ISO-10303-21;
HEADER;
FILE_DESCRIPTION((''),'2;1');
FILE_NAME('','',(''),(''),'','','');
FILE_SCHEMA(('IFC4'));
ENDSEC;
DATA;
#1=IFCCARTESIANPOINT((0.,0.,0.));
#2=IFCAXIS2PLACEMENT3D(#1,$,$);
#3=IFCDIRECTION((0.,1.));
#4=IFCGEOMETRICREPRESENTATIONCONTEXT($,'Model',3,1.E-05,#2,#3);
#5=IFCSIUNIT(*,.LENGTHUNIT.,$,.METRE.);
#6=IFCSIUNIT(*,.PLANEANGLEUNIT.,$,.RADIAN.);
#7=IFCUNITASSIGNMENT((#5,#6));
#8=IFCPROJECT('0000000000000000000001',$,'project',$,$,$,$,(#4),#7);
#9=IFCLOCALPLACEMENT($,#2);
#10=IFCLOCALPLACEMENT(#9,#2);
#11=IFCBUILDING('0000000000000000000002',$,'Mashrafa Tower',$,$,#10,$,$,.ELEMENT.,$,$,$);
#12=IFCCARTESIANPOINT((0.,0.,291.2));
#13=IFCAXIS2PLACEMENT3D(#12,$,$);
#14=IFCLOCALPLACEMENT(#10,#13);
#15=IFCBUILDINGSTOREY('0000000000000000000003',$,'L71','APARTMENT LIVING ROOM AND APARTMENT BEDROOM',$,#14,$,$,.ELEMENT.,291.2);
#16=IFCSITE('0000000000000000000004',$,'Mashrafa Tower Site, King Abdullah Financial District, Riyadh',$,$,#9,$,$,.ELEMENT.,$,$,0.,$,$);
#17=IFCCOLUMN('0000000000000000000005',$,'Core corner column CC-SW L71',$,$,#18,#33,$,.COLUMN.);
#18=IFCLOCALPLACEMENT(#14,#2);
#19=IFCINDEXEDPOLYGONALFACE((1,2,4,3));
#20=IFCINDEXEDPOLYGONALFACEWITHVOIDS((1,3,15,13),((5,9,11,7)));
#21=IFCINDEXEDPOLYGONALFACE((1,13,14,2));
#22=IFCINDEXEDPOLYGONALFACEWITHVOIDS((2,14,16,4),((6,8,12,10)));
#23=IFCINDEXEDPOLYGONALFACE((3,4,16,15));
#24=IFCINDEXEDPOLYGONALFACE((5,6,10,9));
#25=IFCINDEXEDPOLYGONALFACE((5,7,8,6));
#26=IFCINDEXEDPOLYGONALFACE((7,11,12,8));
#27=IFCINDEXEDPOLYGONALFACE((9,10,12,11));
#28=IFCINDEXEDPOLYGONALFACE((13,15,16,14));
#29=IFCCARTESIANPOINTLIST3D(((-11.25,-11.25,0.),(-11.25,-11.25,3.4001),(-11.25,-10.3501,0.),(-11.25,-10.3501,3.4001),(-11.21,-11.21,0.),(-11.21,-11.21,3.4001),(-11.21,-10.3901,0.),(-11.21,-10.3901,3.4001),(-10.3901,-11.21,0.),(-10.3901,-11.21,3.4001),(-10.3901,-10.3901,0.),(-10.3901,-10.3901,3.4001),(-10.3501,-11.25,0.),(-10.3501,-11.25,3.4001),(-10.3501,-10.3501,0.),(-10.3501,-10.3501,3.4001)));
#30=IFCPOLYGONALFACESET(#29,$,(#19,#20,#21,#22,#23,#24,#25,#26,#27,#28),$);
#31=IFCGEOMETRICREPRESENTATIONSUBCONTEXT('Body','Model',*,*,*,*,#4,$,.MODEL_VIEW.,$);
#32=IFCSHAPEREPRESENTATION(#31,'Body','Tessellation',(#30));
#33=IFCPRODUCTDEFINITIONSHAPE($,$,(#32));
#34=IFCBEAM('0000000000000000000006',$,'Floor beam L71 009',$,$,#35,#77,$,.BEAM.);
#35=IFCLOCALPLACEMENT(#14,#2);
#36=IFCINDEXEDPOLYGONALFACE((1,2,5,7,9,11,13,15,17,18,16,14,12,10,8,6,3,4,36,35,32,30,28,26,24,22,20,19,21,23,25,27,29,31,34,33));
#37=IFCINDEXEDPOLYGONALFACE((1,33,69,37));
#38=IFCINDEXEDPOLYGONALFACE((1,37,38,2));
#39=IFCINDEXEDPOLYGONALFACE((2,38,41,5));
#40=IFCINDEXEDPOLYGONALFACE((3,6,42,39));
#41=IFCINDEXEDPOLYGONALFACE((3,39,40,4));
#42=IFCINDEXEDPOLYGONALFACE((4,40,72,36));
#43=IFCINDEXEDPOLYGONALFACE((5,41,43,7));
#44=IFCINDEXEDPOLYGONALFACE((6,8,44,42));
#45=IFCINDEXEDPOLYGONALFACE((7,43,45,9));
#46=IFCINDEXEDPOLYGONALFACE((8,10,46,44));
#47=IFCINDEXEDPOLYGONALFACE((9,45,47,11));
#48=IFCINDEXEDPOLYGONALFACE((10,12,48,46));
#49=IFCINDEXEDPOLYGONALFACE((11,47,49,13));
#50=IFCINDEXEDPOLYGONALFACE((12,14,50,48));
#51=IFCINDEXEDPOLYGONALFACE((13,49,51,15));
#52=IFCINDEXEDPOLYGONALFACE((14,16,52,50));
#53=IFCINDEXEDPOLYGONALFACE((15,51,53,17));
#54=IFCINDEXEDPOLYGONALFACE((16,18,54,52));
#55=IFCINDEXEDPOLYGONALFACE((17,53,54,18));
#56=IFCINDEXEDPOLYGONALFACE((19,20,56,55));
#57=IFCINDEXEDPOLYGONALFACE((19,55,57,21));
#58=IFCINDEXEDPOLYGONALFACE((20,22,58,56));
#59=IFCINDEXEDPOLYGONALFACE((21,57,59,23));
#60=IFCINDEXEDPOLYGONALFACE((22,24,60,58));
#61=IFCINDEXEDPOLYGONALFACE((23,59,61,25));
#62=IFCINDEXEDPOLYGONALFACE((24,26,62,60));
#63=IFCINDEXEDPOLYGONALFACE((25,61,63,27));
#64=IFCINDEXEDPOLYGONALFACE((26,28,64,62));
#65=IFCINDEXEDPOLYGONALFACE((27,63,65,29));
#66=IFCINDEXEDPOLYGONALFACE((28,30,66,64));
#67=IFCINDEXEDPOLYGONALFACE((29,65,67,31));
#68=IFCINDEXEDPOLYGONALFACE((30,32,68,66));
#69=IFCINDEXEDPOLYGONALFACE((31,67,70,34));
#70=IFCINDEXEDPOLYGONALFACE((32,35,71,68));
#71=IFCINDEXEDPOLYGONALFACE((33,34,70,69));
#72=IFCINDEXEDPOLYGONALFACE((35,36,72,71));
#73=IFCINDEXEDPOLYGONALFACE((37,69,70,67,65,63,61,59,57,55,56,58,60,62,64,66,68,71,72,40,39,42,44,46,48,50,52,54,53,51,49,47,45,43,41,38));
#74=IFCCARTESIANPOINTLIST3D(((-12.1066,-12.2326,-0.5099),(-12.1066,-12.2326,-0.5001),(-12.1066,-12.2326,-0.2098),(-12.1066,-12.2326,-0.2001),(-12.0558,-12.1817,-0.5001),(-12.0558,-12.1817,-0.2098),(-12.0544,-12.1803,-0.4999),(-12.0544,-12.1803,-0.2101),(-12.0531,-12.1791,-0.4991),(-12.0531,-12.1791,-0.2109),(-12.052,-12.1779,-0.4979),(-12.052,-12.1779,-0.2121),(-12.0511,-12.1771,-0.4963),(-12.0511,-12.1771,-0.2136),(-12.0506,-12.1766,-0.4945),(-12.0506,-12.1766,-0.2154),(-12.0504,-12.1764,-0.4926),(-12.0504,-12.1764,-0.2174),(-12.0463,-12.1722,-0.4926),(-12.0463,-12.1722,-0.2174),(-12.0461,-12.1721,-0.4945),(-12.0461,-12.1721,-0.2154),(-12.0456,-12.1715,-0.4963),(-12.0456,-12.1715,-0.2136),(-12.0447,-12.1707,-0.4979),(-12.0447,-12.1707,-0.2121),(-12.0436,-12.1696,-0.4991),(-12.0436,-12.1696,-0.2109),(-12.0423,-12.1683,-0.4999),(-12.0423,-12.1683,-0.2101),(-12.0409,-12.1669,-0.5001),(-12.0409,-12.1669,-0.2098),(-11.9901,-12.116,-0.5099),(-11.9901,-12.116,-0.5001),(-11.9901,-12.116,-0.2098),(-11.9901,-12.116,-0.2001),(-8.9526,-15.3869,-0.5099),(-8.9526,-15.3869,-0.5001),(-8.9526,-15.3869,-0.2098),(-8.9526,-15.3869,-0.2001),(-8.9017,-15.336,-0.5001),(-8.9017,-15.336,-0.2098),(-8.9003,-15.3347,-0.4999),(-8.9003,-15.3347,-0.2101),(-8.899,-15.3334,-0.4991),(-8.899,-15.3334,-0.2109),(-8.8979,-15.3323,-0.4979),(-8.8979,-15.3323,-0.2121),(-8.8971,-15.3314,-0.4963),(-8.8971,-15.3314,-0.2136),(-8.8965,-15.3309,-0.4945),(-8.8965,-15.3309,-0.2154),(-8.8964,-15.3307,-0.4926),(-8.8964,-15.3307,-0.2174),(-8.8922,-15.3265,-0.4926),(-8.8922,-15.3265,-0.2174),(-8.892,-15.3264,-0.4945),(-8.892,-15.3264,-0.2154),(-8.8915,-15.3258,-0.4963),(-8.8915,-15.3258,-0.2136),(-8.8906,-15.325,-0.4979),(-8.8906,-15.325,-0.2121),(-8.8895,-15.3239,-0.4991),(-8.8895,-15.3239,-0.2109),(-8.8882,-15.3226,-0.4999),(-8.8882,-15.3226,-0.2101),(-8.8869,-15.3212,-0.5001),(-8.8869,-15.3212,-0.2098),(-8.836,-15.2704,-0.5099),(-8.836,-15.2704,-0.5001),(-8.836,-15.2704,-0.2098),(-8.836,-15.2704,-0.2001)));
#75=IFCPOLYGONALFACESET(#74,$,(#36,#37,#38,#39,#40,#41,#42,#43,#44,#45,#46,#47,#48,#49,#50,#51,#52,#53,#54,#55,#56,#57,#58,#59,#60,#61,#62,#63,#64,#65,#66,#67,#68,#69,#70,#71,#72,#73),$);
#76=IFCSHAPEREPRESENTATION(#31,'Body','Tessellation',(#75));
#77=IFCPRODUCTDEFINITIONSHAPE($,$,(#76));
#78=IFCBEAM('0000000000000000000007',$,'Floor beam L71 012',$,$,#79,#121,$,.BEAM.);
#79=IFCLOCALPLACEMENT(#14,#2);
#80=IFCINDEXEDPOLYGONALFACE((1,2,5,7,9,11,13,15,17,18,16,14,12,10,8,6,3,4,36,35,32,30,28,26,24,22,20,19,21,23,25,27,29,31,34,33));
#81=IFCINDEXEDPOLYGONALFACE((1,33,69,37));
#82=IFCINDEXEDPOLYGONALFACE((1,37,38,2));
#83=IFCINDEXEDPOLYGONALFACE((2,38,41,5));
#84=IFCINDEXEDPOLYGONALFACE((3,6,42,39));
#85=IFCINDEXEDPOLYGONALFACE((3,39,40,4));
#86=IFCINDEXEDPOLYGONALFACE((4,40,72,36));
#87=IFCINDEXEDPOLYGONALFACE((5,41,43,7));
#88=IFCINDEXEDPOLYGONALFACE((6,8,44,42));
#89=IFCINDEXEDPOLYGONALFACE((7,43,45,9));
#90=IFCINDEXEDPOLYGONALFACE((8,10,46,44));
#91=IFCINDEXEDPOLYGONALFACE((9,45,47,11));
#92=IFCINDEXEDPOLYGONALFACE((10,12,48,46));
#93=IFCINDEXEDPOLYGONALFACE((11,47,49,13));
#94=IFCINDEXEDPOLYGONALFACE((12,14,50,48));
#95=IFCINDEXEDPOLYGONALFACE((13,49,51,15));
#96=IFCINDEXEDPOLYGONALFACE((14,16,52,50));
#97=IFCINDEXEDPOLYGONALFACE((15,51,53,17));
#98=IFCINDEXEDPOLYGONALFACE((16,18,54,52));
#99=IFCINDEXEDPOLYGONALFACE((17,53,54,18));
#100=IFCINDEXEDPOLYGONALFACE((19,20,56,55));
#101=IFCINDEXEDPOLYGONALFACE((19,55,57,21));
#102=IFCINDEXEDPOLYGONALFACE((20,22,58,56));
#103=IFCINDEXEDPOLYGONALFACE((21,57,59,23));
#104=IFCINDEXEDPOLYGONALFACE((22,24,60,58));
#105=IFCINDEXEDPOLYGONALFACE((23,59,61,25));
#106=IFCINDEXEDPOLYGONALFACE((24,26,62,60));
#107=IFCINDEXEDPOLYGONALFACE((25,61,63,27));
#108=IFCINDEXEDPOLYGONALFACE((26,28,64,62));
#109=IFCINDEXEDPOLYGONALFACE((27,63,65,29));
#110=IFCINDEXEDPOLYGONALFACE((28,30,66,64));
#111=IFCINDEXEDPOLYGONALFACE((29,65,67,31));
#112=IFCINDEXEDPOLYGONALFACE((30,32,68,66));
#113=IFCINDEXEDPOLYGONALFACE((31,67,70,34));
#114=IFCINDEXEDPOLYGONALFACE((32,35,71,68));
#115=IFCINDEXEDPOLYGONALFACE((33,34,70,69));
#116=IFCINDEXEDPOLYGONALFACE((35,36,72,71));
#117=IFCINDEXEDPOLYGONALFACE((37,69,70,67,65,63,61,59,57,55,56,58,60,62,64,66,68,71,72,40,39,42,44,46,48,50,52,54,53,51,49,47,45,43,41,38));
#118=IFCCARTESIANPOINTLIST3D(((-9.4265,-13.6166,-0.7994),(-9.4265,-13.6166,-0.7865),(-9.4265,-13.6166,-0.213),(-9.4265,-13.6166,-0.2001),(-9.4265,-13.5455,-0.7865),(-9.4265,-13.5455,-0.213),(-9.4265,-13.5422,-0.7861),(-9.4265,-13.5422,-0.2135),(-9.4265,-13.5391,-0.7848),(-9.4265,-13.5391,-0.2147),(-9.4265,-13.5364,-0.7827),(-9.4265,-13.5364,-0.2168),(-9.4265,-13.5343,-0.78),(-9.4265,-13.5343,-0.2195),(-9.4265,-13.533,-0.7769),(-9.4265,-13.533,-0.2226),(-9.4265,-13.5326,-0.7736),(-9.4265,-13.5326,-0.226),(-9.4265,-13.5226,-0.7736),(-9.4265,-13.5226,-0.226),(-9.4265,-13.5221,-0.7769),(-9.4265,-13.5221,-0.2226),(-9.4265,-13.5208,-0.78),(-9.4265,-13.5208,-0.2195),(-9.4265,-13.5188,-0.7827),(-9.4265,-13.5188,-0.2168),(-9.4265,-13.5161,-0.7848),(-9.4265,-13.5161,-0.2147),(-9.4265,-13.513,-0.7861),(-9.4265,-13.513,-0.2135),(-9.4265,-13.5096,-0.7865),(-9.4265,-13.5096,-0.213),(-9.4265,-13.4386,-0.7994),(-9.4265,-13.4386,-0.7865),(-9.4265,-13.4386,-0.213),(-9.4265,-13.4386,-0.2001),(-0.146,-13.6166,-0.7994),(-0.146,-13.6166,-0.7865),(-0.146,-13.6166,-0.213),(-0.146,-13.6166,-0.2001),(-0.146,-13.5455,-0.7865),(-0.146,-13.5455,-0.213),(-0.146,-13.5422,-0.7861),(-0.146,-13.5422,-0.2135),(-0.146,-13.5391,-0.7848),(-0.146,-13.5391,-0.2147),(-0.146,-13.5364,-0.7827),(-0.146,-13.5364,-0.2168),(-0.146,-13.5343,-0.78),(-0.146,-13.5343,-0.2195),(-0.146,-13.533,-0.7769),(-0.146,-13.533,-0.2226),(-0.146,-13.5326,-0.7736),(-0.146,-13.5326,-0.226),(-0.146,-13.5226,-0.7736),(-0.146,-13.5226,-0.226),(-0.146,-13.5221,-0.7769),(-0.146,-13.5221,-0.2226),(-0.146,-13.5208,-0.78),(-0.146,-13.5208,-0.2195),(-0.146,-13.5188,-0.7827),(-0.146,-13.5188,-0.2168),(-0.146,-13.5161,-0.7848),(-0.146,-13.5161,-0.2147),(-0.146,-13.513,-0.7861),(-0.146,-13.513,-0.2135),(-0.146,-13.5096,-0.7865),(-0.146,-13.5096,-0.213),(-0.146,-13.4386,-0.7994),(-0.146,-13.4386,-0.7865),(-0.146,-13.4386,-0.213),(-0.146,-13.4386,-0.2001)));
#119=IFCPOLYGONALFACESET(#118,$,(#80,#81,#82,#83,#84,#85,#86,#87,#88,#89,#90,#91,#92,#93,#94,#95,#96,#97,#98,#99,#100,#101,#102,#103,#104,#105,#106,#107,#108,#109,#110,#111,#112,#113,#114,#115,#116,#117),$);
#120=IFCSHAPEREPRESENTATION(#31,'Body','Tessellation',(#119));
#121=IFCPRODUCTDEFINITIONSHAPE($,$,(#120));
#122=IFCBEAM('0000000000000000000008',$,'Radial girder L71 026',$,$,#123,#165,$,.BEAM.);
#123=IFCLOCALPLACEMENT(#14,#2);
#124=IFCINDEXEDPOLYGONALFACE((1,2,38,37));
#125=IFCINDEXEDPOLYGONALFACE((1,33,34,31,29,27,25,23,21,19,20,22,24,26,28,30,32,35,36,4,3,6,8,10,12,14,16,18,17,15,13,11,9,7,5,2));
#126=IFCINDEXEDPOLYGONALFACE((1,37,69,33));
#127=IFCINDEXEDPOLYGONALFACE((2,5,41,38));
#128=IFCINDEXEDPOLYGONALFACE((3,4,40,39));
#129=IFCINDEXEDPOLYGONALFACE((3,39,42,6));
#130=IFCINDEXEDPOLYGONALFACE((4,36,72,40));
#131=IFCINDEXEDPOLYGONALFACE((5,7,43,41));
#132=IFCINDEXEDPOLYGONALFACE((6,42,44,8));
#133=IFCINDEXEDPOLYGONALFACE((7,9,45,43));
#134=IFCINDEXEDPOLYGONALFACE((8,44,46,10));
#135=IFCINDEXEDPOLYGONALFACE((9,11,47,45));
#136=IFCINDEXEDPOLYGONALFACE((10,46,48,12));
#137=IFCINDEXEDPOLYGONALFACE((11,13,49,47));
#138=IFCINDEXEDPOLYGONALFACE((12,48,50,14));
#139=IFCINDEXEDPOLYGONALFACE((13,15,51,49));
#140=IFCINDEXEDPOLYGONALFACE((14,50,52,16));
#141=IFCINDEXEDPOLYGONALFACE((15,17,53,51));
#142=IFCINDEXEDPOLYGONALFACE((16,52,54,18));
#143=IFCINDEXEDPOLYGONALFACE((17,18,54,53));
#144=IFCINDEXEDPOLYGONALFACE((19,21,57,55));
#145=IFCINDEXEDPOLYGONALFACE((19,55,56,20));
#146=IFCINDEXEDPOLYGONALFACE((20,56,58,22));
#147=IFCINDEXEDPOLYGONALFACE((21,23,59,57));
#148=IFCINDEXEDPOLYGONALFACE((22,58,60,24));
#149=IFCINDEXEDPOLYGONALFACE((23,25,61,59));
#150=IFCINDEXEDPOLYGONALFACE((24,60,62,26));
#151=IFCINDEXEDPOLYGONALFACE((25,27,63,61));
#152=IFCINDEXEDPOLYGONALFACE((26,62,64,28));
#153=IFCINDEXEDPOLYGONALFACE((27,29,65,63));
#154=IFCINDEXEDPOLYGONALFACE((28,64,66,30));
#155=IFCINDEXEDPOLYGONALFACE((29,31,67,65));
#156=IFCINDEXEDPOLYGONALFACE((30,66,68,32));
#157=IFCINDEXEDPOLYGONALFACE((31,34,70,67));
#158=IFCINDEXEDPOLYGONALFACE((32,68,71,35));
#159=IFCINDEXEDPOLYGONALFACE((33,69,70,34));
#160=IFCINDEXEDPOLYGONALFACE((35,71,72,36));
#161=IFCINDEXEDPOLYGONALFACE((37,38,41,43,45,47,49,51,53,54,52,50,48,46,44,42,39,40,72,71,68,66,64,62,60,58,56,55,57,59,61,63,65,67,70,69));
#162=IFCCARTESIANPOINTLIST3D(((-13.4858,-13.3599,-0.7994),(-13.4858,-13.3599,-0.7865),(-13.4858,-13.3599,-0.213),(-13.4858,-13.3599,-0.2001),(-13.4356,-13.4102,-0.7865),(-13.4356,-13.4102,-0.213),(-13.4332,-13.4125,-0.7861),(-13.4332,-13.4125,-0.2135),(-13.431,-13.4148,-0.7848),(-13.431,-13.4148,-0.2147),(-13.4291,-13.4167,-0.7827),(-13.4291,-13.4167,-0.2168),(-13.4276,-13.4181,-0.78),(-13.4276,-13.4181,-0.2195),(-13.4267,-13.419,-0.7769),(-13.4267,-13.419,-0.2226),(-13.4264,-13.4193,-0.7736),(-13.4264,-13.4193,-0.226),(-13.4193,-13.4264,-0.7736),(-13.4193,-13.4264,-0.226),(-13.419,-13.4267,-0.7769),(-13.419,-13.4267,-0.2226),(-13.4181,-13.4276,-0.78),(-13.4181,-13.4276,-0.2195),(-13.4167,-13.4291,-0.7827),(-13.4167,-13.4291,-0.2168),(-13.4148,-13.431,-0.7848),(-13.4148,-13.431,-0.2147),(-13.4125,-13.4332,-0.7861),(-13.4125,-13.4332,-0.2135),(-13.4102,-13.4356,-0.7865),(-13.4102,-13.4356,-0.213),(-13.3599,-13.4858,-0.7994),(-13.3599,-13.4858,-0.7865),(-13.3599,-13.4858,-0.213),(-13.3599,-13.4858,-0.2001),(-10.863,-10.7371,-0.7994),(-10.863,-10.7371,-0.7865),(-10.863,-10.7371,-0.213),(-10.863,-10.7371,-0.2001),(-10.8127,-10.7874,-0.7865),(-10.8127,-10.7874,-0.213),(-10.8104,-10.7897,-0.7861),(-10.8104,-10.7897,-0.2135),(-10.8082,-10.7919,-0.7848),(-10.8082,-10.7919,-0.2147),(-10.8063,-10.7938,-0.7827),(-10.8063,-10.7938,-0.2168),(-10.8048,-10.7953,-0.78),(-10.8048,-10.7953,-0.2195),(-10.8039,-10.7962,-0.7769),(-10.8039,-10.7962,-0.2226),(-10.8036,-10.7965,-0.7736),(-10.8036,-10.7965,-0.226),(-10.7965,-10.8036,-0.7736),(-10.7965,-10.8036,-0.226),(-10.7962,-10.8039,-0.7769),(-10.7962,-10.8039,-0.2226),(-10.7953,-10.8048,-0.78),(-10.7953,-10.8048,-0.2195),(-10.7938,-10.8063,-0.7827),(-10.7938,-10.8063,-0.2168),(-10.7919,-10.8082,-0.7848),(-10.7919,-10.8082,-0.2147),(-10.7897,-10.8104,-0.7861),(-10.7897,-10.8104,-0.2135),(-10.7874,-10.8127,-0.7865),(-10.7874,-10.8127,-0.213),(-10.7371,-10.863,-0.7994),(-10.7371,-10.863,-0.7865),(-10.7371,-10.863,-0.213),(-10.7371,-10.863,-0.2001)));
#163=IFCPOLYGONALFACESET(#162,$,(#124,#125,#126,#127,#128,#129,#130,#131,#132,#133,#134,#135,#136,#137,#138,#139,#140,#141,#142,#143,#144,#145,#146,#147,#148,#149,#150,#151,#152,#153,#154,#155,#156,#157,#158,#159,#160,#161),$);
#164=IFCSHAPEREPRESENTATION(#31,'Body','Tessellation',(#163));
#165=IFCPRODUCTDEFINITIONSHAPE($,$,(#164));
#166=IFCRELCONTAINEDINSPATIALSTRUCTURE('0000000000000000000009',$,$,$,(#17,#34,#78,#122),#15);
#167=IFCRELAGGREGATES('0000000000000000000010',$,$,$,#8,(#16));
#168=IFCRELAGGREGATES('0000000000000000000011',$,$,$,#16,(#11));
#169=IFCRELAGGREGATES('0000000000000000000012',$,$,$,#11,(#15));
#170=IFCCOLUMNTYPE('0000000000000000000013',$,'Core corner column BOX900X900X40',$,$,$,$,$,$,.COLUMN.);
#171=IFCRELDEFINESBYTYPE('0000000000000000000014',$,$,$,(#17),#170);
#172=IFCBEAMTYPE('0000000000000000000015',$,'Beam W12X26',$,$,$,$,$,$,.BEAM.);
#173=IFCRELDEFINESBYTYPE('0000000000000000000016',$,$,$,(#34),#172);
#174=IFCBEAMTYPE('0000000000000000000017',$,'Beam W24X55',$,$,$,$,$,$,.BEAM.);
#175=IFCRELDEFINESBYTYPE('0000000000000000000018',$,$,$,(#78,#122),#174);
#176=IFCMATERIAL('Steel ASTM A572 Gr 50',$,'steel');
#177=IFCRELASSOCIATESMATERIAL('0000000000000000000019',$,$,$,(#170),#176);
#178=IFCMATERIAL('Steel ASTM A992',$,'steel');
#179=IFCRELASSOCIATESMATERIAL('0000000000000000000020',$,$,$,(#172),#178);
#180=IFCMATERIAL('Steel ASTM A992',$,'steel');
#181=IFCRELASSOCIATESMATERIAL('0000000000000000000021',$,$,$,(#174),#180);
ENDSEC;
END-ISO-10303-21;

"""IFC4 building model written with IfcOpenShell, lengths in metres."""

from ifc_helpers import new_model, si_unit, direction, frame, origin, origin_2d, place, context, subcontext, project, spatial, hollow_rectangle, i_section, extrude, material, material_profile, profile_set, type_object, element, save


model = new_model("IFC4")

# Units and contexts
model_context = context("Model", 3, precision=1e-05, world=origin(), true_north=direction((0.0, 1.0)))
body_context = subcontext(model_context, "Body", "Model", "MODEL_VIEW")
ifc_project = project(units=[si_unit("LENGTHUNIT", "METRE"), si_unit("PLANEANGLEUNIT", "RADIAN")], contexts=[model_context])

# Site, building, storey
site_placement = place(None, origin())
site = spatial("IfcSite", under=ifc_project, at=site_placement, Name="Mashrafa Tower Site, King Abdullah Financial District, Riyadh", CompositionType="ELEMENT", RefElevation=0.0)
building_placement = place(site_placement, origin())
building = spatial("IfcBuilding", under=site, at=building_placement, Name="Mashrafa Tower", CompositionType="ELEMENT")
storey_placement = place(building_placement, frame((0.0, 0.0, 291.2)))
storey = spatial("IfcBuildingStorey", under=building, at=storey_placement, Name="L71", Description="APARTMENT LIVING ROOM AND APARTMENT BEDROOM", CompositionType="ELEMENT", Elevation=291.2)

# Column
ifc_material_1 = material(Name="Steel ASTM A572 Gr 50", Category="steel")
ifc_material_profile_1 = material_profile(ifc_material_1, hollow_rectangle(XDim=0.8999, YDim=0.8999, WallThickness=0.04, at=origin_2d()), Name="BOX900X900X40")
ifc_profile_set_1 = profile_set([ifc_material_profile_1], Name="Steel ASTM A572 Gr 50")
column_type = type_object("IfcColumnType", Name="Core corner column BOX900X900X40", PredefinedType="COLUMN", material=ifc_profile_set_1)
column_placement = place(storey_placement, frame((-10.8, -10.8, 0.0), z_axis=(0.0, 0.0, 1.0), x_axis=(1.0, 0.0, 0.0)))
element("IfcColumn", 1, at=column_placement, inside=storey, type_object=column_type, Name="Core corner column CC-SW L71", PredefinedType="COLUMN", context=body_context, shape_type="SweptSolid", body=[
    extrude(hollow_rectangle(XDim=0.8999, YDim=0.8999, WallThickness=0.04, at=origin_2d()), origin(), (0.0, 0.0, 1.0), 3.4001),
])

# Beams
ifc_material_2 = material(Name="Steel ASTM A992", Category="steel")
ifc_material_profile_2 = material_profile(ifc_material_2, i_section(OverallWidth=0.1648, OverallDepth=0.3098, WebThickness=0.0059, FlangeThickness=0.0098, FilletRadius=0.0076, at=origin_2d()), Name="W12X26")
ifc_profile_set_2 = profile_set([ifc_material_profile_2], Name="Steel ASTM A992")
beam_type_1 = type_object("IfcBeamType", Name="Beam W12X26", PredefinedType="BEAM", material=ifc_profile_set_2)
beam_1_placement = place(storey_placement, frame((-8.8943, -15.3286, -0.355), z_axis=(-0.707079, 0.707134, 0.0), x_axis=(-0.707134, -0.707079, 0.0)))
element("IfcBeam", 2, at=beam_1_placement, inside=storey, type_object=beam_type_1, Name="Floor beam L71 009", PredefinedType="BEAM", context=body_context, shape_type="SweptSolid", body=[
    extrude(i_section(OverallWidth=0.1648, OverallDepth=0.3098, WebThickness=0.0059, FlangeThickness=0.0098, FilletRadius=0.0076, at=origin_2d()), origin(), (0.0, 0.0, 1.0), 4.4607),
])
ifc_material_3 = material(Name="Steel ASTM A992", Category="steel")
ifc_material_profile_3 = material_profile(ifc_material_3, i_section(OverallWidth=0.178, OverallDepth=0.5994, WebThickness=0.01, FlangeThickness=0.0129, FilletRadius=0.0129, at=origin_2d()), Name="W24X55")
ifc_profile_set_3 = profile_set([ifc_material_profile_3], Name="Steel ASTM A992")
beam_type_2 = type_object("IfcBeamType", Name="Beam W24X55", PredefinedType="BEAM", material=ifc_profile_set_3)
beam_2_placement = place(storey_placement, frame((-0.146, -13.5276, -0.4998), z_axis=(-1.0, 0.0, 0.0), x_axis=(0.0, -1.0, 0.0)))
element("IfcBeam", 3, at=beam_2_placement, inside=storey, type_object=beam_type_2, Name="Floor beam L71 012", PredefinedType="BEAM", context=body_context, shape_type="SweptSolid", body=[
    extrude(i_section(OverallWidth=0.178, OverallDepth=0.5994, WebThickness=0.01, FlangeThickness=0.0129, FilletRadius=0.0129, at=origin_2d()), origin(), (0.0, 0.0, 1.0), 9.2805),
])
beam_3_placement = place(storey_placement, frame((-10.8, -10.8, -0.4998), z_axis=(-0.707107, -0.707107, 0.0), x_axis=(0.707107, -0.707107, 0.0)))
element("IfcBeam", 4, at=beam_3_placement, inside=storey, type_object=beam_type_2, Name="Radial girder L71 026", PredefinedType="BEAM", context=body_context, shape_type="SweptSolid", body=[
    extrude(i_section(OverallWidth=0.178, OverallDepth=0.5994, WebThickness=0.01, FlangeThickness=0.0129, FilletRadius=0.0129, at=origin_2d()), origin(), (0.0, 0.0, 1.0), 3.7092),
])

save(model, "model.ifc")
